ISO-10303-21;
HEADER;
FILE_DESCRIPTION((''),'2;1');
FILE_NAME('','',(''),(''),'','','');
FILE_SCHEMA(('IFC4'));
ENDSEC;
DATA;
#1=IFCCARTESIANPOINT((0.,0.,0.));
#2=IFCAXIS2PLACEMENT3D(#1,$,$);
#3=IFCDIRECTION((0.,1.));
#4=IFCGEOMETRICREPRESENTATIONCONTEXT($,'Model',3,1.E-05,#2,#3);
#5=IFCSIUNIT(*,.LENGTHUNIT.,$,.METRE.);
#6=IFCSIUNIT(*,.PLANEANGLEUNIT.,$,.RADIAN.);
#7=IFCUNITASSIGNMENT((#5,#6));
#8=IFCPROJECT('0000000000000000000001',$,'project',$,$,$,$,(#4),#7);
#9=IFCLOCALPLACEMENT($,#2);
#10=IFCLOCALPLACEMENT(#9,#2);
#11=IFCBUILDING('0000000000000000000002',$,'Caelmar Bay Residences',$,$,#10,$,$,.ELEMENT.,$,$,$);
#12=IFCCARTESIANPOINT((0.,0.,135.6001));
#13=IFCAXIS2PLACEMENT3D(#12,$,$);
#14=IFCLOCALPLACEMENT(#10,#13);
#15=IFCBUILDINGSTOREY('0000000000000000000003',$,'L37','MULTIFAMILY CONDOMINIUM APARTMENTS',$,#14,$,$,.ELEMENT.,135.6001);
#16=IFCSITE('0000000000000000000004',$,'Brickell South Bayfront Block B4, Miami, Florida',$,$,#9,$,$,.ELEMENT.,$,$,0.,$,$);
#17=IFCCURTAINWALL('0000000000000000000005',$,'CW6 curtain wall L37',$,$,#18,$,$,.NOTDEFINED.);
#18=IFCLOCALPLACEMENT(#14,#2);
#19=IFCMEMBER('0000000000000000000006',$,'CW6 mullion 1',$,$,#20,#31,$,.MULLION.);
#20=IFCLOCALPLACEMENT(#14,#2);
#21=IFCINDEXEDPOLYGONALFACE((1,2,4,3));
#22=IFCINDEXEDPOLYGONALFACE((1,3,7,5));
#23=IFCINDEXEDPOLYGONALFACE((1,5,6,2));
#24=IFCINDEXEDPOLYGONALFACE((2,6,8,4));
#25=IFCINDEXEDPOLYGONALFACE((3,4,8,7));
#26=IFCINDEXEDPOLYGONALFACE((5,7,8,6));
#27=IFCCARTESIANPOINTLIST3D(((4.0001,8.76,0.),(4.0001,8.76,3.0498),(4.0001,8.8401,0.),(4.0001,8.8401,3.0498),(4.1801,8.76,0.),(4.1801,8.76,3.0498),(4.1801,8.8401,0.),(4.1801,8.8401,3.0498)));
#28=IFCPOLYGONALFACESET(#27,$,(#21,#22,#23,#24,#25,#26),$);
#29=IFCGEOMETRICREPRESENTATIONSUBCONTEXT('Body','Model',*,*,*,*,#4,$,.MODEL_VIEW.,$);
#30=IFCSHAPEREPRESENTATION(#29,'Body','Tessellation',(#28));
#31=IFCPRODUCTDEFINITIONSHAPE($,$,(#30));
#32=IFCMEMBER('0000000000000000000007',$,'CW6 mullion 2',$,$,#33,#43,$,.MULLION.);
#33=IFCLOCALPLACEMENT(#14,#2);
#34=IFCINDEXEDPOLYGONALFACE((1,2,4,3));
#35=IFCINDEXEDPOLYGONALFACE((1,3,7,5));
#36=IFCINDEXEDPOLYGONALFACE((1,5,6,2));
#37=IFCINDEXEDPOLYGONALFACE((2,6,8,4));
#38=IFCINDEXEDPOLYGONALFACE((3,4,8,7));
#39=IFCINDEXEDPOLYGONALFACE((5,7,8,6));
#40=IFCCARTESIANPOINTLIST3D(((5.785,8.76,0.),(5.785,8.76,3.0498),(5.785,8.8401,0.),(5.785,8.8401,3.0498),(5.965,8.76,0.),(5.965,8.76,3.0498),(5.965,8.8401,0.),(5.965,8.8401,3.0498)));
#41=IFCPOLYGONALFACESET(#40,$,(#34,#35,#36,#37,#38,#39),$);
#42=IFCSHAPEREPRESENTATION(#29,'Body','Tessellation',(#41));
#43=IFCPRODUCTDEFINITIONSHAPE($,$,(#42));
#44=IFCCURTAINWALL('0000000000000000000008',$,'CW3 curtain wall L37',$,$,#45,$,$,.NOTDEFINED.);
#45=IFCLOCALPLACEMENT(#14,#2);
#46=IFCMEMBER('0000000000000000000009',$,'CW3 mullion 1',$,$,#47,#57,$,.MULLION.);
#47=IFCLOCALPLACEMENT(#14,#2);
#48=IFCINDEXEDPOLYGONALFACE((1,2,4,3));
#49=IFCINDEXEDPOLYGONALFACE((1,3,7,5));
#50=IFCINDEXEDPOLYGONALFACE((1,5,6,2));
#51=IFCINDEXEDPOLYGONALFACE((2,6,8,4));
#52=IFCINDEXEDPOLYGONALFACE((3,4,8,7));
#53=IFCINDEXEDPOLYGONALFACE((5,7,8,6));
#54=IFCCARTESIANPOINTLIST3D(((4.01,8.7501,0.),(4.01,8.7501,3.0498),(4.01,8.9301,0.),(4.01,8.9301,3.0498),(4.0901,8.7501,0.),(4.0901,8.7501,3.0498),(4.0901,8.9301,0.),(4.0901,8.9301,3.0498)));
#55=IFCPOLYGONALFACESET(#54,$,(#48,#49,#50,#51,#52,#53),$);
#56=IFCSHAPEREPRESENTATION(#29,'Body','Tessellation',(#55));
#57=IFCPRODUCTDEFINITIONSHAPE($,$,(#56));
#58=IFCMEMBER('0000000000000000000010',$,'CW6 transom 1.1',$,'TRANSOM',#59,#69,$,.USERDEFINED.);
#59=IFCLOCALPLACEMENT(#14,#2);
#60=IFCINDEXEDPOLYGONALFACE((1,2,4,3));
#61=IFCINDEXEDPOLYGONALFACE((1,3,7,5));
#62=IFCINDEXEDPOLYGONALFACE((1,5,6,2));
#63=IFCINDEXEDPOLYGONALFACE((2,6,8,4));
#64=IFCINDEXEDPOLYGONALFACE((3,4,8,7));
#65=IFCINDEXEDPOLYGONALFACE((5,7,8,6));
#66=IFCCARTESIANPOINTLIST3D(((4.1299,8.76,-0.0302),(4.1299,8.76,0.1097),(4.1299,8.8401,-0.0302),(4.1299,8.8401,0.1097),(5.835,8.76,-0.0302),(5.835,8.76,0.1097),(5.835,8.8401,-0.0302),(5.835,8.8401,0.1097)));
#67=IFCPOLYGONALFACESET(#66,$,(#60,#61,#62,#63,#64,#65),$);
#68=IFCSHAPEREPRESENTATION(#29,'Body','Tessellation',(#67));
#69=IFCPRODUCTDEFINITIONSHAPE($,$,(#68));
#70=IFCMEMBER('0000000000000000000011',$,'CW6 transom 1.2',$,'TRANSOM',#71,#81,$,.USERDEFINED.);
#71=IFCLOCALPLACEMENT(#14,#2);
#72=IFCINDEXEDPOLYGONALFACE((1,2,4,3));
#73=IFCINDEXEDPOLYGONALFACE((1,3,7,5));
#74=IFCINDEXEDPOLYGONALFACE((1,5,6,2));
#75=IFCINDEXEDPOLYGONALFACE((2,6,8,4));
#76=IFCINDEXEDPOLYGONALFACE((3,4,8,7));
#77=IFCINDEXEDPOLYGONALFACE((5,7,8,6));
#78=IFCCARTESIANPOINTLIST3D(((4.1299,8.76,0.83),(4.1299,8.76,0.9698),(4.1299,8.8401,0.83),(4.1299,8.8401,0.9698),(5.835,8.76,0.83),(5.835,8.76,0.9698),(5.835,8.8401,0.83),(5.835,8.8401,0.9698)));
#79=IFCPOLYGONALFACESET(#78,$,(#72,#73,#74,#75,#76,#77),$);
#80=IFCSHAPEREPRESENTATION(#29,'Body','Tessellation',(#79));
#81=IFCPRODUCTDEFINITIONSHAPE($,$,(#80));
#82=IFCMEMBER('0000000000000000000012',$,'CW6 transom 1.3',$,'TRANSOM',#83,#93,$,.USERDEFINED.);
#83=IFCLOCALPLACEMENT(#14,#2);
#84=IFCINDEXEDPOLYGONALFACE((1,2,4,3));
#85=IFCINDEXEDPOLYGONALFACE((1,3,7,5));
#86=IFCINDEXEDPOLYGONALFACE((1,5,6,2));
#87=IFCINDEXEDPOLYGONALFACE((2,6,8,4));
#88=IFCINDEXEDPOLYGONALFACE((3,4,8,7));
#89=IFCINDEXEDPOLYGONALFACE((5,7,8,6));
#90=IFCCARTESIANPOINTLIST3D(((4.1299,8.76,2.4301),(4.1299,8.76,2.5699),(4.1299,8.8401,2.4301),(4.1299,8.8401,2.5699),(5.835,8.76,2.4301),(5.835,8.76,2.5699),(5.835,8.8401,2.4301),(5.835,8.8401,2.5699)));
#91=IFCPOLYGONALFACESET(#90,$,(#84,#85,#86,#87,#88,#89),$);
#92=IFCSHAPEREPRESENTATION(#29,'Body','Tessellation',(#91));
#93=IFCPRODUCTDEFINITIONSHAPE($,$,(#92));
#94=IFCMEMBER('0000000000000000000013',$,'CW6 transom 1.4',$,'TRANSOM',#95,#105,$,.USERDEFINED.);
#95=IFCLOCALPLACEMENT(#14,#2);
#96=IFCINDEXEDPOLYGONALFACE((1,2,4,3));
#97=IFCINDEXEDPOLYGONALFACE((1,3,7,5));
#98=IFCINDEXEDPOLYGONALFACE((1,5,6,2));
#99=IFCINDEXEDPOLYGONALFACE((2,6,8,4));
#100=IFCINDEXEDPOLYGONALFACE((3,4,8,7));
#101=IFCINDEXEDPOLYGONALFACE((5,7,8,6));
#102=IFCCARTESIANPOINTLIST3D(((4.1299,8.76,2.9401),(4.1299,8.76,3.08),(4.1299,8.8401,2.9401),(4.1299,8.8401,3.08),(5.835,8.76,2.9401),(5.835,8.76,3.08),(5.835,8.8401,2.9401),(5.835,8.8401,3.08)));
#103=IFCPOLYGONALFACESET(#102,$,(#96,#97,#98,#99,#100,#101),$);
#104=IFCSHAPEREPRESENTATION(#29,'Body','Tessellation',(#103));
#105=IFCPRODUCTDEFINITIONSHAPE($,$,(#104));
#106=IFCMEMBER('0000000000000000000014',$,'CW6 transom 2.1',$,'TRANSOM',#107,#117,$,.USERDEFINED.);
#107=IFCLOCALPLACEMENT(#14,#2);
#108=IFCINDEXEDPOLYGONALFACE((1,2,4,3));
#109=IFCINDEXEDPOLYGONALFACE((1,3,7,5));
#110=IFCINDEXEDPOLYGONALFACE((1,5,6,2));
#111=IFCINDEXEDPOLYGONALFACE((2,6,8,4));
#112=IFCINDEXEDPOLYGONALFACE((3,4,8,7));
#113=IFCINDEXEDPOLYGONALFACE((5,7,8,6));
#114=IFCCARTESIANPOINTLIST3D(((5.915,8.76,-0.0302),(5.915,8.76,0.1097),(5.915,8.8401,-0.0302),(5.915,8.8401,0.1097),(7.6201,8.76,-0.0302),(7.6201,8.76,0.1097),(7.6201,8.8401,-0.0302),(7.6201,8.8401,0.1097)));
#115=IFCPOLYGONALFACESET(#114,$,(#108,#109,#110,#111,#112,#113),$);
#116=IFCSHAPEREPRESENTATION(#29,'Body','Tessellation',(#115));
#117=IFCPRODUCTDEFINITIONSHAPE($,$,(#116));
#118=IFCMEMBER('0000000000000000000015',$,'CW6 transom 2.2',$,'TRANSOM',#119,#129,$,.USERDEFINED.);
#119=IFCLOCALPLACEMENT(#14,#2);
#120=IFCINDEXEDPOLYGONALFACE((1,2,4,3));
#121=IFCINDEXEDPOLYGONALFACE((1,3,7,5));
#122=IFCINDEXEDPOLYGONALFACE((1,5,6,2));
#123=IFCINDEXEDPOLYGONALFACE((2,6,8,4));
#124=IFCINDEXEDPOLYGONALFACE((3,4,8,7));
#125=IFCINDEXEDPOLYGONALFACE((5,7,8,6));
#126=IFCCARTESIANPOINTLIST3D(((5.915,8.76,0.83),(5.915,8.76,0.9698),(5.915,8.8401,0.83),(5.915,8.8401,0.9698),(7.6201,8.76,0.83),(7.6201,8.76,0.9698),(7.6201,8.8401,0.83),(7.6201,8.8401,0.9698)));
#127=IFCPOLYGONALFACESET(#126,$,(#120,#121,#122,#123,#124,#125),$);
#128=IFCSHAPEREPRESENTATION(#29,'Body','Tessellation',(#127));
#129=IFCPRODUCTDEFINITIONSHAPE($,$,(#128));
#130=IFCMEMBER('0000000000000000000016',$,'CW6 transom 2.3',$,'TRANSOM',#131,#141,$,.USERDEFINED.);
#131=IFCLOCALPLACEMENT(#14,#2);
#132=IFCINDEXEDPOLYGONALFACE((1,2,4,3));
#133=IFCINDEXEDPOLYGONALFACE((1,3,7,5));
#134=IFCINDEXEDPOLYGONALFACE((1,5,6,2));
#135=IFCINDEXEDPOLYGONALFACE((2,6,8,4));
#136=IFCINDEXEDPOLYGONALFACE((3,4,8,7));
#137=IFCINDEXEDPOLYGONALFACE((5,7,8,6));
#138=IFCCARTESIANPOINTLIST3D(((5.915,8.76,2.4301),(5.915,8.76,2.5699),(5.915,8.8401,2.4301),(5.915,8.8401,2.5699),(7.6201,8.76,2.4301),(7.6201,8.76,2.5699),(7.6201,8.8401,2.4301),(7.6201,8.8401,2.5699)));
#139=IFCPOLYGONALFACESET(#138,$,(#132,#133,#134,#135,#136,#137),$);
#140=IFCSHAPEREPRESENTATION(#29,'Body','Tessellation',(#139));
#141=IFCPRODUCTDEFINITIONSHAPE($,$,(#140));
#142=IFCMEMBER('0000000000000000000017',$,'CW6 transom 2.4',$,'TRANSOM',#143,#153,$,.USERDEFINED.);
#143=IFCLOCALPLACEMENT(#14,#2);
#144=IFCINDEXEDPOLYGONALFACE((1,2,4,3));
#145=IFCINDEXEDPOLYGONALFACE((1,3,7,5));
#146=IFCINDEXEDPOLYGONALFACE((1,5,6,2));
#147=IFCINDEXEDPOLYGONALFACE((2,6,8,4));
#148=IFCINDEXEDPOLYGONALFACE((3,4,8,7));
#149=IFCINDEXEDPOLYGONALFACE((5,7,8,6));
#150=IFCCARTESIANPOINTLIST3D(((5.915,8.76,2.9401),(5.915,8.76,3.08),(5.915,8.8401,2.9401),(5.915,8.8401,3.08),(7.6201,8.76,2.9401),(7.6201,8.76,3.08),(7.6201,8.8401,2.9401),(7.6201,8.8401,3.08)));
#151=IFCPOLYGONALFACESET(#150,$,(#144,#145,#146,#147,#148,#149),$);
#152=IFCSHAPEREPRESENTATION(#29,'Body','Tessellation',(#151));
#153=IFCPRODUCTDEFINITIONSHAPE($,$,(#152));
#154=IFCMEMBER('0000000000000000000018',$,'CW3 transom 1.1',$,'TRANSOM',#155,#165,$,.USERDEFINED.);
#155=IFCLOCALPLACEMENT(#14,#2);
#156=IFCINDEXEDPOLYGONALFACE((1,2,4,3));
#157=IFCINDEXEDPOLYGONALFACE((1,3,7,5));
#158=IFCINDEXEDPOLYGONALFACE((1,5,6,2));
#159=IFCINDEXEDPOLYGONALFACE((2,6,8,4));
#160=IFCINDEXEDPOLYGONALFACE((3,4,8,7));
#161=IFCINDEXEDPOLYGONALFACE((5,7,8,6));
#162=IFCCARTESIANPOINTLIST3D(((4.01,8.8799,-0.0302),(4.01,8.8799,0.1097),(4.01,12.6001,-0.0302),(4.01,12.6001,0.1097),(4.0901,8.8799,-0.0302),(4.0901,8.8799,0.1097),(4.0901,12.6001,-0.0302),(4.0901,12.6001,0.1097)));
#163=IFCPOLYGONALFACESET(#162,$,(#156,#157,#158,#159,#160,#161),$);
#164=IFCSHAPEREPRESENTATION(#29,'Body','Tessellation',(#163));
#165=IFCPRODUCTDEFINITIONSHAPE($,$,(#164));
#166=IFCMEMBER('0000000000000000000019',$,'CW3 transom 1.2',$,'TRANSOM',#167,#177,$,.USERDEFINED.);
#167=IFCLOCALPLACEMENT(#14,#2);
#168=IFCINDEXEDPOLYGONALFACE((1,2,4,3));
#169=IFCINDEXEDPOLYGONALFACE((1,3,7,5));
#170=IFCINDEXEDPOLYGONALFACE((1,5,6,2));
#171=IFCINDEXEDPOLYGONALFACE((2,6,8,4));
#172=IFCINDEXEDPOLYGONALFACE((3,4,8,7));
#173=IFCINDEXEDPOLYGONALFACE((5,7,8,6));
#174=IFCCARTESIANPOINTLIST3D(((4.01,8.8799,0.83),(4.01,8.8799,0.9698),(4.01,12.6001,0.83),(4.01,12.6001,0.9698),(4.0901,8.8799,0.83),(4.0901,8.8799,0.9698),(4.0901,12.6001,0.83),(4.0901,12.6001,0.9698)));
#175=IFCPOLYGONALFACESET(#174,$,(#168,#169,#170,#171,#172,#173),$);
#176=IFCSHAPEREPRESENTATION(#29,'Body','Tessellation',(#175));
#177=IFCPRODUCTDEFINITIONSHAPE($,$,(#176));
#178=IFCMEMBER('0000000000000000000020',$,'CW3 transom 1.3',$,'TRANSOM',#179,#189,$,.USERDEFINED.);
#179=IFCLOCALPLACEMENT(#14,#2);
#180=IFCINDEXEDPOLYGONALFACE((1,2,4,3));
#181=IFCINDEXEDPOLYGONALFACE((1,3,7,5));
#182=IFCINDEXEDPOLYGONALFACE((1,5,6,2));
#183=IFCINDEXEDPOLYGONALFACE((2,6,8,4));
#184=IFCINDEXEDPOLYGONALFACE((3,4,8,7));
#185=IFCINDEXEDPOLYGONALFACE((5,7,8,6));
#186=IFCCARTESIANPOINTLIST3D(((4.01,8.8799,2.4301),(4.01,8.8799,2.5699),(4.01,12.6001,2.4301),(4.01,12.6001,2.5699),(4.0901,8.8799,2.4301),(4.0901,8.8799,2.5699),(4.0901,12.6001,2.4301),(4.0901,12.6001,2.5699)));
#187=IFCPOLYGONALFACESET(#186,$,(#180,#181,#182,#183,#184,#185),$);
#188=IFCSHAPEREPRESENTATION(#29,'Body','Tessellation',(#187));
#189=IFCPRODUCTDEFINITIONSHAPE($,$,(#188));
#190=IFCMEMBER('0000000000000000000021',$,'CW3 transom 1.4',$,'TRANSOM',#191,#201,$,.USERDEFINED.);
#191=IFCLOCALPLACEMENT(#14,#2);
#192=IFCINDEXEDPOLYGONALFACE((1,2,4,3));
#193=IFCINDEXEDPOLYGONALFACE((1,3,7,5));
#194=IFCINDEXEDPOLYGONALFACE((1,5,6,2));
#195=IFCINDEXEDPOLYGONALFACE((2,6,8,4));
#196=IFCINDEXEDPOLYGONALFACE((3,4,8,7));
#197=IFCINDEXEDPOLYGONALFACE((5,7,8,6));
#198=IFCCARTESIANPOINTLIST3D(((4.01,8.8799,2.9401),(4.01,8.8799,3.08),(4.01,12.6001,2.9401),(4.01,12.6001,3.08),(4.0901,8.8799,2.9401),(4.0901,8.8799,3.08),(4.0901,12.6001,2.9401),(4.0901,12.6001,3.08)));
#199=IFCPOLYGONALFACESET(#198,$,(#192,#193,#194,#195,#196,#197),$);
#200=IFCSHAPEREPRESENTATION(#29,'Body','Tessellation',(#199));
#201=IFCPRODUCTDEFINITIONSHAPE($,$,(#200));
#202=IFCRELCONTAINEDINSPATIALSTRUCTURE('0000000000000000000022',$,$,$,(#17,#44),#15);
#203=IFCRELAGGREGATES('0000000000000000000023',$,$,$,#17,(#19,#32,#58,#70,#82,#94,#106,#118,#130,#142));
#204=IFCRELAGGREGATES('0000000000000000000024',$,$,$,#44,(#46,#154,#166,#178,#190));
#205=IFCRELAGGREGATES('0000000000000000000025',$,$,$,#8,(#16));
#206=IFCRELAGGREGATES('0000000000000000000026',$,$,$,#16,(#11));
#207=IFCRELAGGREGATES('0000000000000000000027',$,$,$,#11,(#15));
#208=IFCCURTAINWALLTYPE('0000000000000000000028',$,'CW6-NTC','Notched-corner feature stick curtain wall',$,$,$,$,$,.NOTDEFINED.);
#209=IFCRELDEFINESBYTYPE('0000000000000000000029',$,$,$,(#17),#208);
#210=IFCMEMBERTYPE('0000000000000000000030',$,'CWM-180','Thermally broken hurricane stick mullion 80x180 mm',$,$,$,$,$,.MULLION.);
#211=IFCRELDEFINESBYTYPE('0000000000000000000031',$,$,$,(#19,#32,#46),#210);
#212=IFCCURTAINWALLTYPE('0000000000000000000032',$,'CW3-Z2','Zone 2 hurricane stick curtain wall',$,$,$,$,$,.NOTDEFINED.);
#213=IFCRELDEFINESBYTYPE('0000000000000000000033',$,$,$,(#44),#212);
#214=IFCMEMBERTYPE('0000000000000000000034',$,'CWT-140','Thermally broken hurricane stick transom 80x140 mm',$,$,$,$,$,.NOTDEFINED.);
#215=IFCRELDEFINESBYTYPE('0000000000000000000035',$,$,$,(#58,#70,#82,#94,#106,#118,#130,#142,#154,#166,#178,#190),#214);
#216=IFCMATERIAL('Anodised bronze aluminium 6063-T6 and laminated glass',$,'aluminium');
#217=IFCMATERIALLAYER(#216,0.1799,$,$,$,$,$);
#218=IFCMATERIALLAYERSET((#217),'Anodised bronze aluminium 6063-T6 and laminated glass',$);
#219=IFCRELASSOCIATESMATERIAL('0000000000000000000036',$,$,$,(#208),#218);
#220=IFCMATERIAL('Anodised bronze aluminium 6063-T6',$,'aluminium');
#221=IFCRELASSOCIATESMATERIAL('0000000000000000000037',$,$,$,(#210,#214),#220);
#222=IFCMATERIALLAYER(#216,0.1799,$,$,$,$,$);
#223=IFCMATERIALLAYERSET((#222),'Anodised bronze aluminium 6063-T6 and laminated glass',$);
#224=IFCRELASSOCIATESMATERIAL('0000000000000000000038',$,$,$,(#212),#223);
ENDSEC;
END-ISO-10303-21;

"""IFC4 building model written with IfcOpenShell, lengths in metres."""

from ifc_helpers import new_model, si_unit, direction, frame, origin, origin_2d, place, context, subcontext, project, spatial, rectangle, extrude, material, layer, layer_set, material_profile, profile_set, type_object, element, aggregate, save


model = new_model("IFC4")

# Units and contexts
model_context = context("Model", 3, precision=1e-05, world=origin(), true_north=direction((0.0, 1.0)))
body_context = subcontext(model_context, "Body", "Model", "MODEL_VIEW")
ifc_project = project(units=[si_unit("LENGTHUNIT", "METRE"), si_unit("PLANEANGLEUNIT", "RADIAN")], contexts=[model_context])

# Site, building, storey
site_placement = place(None, origin())
site = spatial("IfcSite", under=ifc_project, at=site_placement, Name="Brickell South Bayfront Block B4, Miami, Florida", CompositionType="ELEMENT", RefElevation=0.0)
building_placement = place(site_placement, origin())
building = spatial("IfcBuilding", under=site, at=building_placement, Name="Caelmar Bay Residences", CompositionType="ELEMENT")
storey_placement = place(building_placement, frame((0.0, 0.0, 135.6001)))
storey = spatial("IfcBuildingStorey", under=building, at=storey_placement, Name="L37", Description="MULTIFAMILY CONDOMINIUM APARTMENTS", CompositionType="ELEMENT", Elevation=135.6001)

# Curtain wall, members
ifc_material_1 = material(Name="Anodised bronze aluminium 6063-T6 and laminated glass", Category="aluminium")
ifc_layer_1 = layer(ifc_material_1, 0.1799)
ifc_layer_set_1 = layer_set([ifc_layer_1], Name="Anodised bronze aluminium 6063-T6 and laminated glass")
curtain_wall_type_1 = type_object("IfcCurtainWallType", Name="CW6-NTC", Description="Notched-corner feature stick curtain wall", PredefinedType="NOTDEFINED", material=ifc_layer_set_1)
curtain_wall_1_placement = place(storey_placement, origin())
curtain_wall_1 = element("IfcCurtainWall", 1, at=curtain_wall_1_placement, inside=storey, type_object=curtain_wall_type_1, Name="CW6 curtain wall L37", PredefinedType="NOTDEFINED")
ifc_material_2 = material(Name="Anodised bronze aluminium 6063-T6", Category="aluminium")
ifc_material_profile_1 = material_profile(ifc_material_2, rectangle(XDim=0.0801, YDim=0.1799, at=origin_2d()), Name="CWM-80X180")
ifc_profile_set_1 = profile_set([ifc_material_profile_1], Name="Anodised bronze aluminium 6063-T6")
member_type_1 = type_object("IfcMemberType", Name="CWM-180", Description="Thermally broken hurricane stick mullion 80x180 mm", PredefinedType="MULLION", material=ifc_profile_set_1)
member_1_placement = place(storey_placement, frame((4.0901, 8.8, 0.0), z_axis=(0.0, 0.0, 1.0), x_axis=(0.0, 1.0, 0.0)))
member_1 = element("IfcMember", 2, at=member_1_placement, type_object=member_type_1, Name="CW6 mullion 1", PredefinedType="MULLION", context=body_context, shape_type="SweptSolid", body=[
    extrude(rectangle(XDim=0.0801, YDim=0.1799, at=origin_2d()), origin(), (0.0, 0.0, 1.0), 3.0498),
])
member_2_placement = place(storey_placement, frame((5.875, 8.8, 0.0), z_axis=(0.0, 0.0, 1.0), x_axis=(0.0, 1.0, 0.0)))
member_2 = element("IfcMember", 3, at=member_2_placement, type_object=member_type_1, Name="CW6 mullion 2", PredefinedType="MULLION", context=body_context, shape_type="SweptSolid", body=[
    extrude(rectangle(XDim=0.0801, YDim=0.1799, at=origin_2d()), origin(), (0.0, 0.0, 1.0), 3.0498),
])

# Curtain wall, member
ifc_layer_2 = layer(ifc_material_1, 0.1799)
ifc_layer_set_2 = layer_set([ifc_layer_2], Name="Anodised bronze aluminium 6063-T6 and laminated glass")
curtain_wall_type_2 = type_object("IfcCurtainWallType", Name="CW3-Z2", Description="Zone 2 hurricane stick curtain wall", PredefinedType="NOTDEFINED", material=ifc_layer_set_2)
curtain_wall_2_placement = place(storey_placement, origin())
curtain_wall_2 = element("IfcCurtainWall", 4, at=curtain_wall_2_placement, inside=storey, type_object=curtain_wall_type_2, Name="CW3 curtain wall L37", PredefinedType="NOTDEFINED")
member_3_placement = place(storey_placement, frame((4.05, 8.8401, 0.0), z_axis=(0.0, 0.0, 1.0), x_axis=(-1.0, 0.0, 0.0)))
member_3 = element("IfcMember", 5, at=member_3_placement, type_object=member_type_1, Name="CW3 mullion 1", PredefinedType="MULLION", context=body_context, shape_type="SweptSolid", body=[
    extrude(rectangle(XDim=0.0801, YDim=0.1799, at=origin_2d()), origin(), (0.0, 0.0, 1.0), 3.0498),
])

# Members
ifc_material_profile_2 = material_profile(ifc_material_2, rectangle(XDim=0.0801, YDim=0.1399, at=origin_2d()), Name="CWT-80X140")
ifc_profile_set_2 = profile_set([ifc_material_profile_2], Name="Anodised bronze aluminium 6063-T6")
member_type_2 = type_object("IfcMemberType", Name="CWT-140", Description="Thermally broken hurricane stick transom 80x140 mm", PredefinedType="NOTDEFINED", material=ifc_profile_set_2)
member_4_placement = place(storey_placement, frame((4.1299, 8.8, 0.0398), z_axis=(1.0, 0.0, 0.0), x_axis=(0.0, 1.0, 0.0)))
member_4 = element("IfcMember", 6, at=member_4_placement, type_object=member_type_2, Name="CW6 transom 1.1", ObjectType="TRANSOM", PredefinedType="USERDEFINED", context=body_context, shape_type="SweptSolid", body=[
    extrude(rectangle(XDim=0.0801, YDim=0.1399, at=origin_2d()), origin(), (0.0, 0.0, 1.0), 1.7051),
])
member_5_placement = place(storey_placement, frame((4.1299, 8.8, 0.8999), z_axis=(1.0, 0.0, 0.0), x_axis=(0.0, 1.0, 0.0)))
member_5 = element("IfcMember", 7, at=member_5_placement, type_object=member_type_2, Name="CW6 transom 1.2", ObjectType="TRANSOM", PredefinedType="USERDEFINED", context=body_context, shape_type="SweptSolid", body=[
    extrude(rectangle(XDim=0.0801, YDim=0.1399, at=origin_2d()), origin(), (0.0, 0.0, 1.0), 1.7051),
])
member_6_placement = place(storey_placement, frame((4.1299, 8.8, 2.5), z_axis=(1.0, 0.0, 0.0), x_axis=(0.0, 1.0, 0.0)))
member_6 = element("IfcMember", 8, at=member_6_placement, type_object=member_type_2, Name="CW6 transom 1.3", ObjectType="TRANSOM", PredefinedType="USERDEFINED", context=body_context, shape_type="SweptSolid", body=[
    extrude(rectangle(XDim=0.0801, YDim=0.1399, at=origin_2d()), origin(), (0.0, 0.0, 1.0), 1.7051),
])
member_7_placement = place(storey_placement, frame((4.1299, 8.8, 3.01), z_axis=(1.0, 0.0, 0.0), x_axis=(0.0, 1.0, 0.0)))
member_7 = element("IfcMember", 9, at=member_7_placement, type_object=member_type_2, Name="CW6 transom 1.4", ObjectType="TRANSOM", PredefinedType="USERDEFINED", context=body_context, shape_type="SweptSolid", body=[
    extrude(rectangle(XDim=0.0801, YDim=0.1399, at=origin_2d()), origin(), (0.0, 0.0, 1.0), 1.7051),
])
member_8_placement = place(storey_placement, frame((5.915, 8.8, 0.0398), z_axis=(1.0, 0.0, 0.0), x_axis=(0.0, 1.0, 0.0)))
member_8 = element("IfcMember", 10, at=member_8_placement, type_object=member_type_2, Name="CW6 transom 2.1", ObjectType="TRANSOM", PredefinedType="USERDEFINED", context=body_context, shape_type="SweptSolid", body=[
    extrude(rectangle(XDim=0.0801, YDim=0.1399, at=origin_2d()), origin(), (0.0, 0.0, 1.0), 1.7051),
])
member_9_placement = place(storey_placement, frame((5.915, 8.8, 0.8999), z_axis=(1.0, 0.0, 0.0), x_axis=(0.0, 1.0, 0.0)))
member_9 = element("IfcMember", 11, at=member_9_placement, type_object=member_type_2, Name="CW6 transom 2.2", ObjectType="TRANSOM", PredefinedType="USERDEFINED", context=body_context, shape_type="SweptSolid", body=[
    extrude(rectangle(XDim=0.0801, YDim=0.1399, at=origin_2d()), origin(), (0.0, 0.0, 1.0), 1.7051),
])
member_10_placement = place(storey_placement, frame((5.915, 8.8, 2.5), z_axis=(1.0, 0.0, 0.0), x_axis=(0.0, 1.0, 0.0)))
member_10 = element("IfcMember", 12, at=member_10_placement, type_object=member_type_2, Name="CW6 transom 2.3", ObjectType="TRANSOM", PredefinedType="USERDEFINED", context=body_context, shape_type="SweptSolid", body=[
    extrude(rectangle(XDim=0.0801, YDim=0.1399, at=origin_2d()), origin(), (0.0, 0.0, 1.0), 1.7051),
])
member_11_placement = place(storey_placement, frame((5.915, 8.8, 3.01), z_axis=(1.0, 0.0, 0.0), x_axis=(0.0, 1.0, 0.0)))
member_11 = element("IfcMember", 13, at=member_11_placement, type_object=member_type_2, Name="CW6 transom 2.4", ObjectType="TRANSOM", PredefinedType="USERDEFINED", context=body_context, shape_type="SweptSolid", body=[
    extrude(rectangle(XDim=0.0801, YDim=0.1399, at=origin_2d()), origin(), (0.0, 0.0, 1.0), 1.7051),
])
member_12_placement = place(storey_placement, frame((4.05, 8.8799, 0.0398), z_axis=(0.0, 1.0, 0.0), x_axis=(-1.0, 0.0, 0.0)))
member_12 = element("IfcMember", 14, at=member_12_placement, type_object=member_type_2, Name="CW3 transom 1.1", ObjectType="TRANSOM", PredefinedType="USERDEFINED", context=body_context, shape_type="SweptSolid", body=[
    extrude(rectangle(XDim=0.0801, YDim=0.1399, at=origin_2d()), origin(), (0.0, 0.0, 1.0), 3.7202),
])
member_13_placement = place(storey_placement, frame((4.05, 8.8799, 0.8999), z_axis=(0.0, 1.0, 0.0), x_axis=(-1.0, 0.0, 0.0)))
member_13 = element("IfcMember", 15, at=member_13_placement, type_object=member_type_2, Name="CW3 transom 1.2", ObjectType="TRANSOM", PredefinedType="USERDEFINED", context=body_context, shape_type="SweptSolid", body=[
    extrude(rectangle(XDim=0.0801, YDim=0.1399, at=origin_2d()), origin(), (0.0, 0.0, 1.0), 3.7202),
])
member_14_placement = place(storey_placement, frame((4.05, 8.8799, 2.5), z_axis=(0.0, 1.0, 0.0), x_axis=(-1.0, 0.0, 0.0)))
member_14 = element("IfcMember", 16, at=member_14_placement, type_object=member_type_2, Name="CW3 transom 1.3", ObjectType="TRANSOM", PredefinedType="USERDEFINED", context=body_context, shape_type="SweptSolid", body=[
    extrude(rectangle(XDim=0.0801, YDim=0.1399, at=origin_2d()), origin(), (0.0, 0.0, 1.0), 3.7202),
])
member_15_placement = place(storey_placement, frame((4.05, 8.8799, 3.01), z_axis=(0.0, 1.0, 0.0), x_axis=(-1.0, 0.0, 0.0)))
member_15 = element("IfcMember", 17, at=member_15_placement, type_object=member_type_2, Name="CW3 transom 1.4", ObjectType="TRANSOM", PredefinedType="USERDEFINED", context=body_context, shape_type="SweptSolid", body=[
    extrude(rectangle(XDim=0.0801, YDim=0.1399, at=origin_2d()), origin(), (0.0, 0.0, 1.0), 3.7202),
])

aggregate(curtain_wall_1, [member_1, member_2, member_4, member_5, member_6, member_7, member_8, member_9, member_10, member_11])
aggregate(curtain_wall_2, [member_3, member_12, member_13, member_14, member_15])

save(model, "model.ifc")
